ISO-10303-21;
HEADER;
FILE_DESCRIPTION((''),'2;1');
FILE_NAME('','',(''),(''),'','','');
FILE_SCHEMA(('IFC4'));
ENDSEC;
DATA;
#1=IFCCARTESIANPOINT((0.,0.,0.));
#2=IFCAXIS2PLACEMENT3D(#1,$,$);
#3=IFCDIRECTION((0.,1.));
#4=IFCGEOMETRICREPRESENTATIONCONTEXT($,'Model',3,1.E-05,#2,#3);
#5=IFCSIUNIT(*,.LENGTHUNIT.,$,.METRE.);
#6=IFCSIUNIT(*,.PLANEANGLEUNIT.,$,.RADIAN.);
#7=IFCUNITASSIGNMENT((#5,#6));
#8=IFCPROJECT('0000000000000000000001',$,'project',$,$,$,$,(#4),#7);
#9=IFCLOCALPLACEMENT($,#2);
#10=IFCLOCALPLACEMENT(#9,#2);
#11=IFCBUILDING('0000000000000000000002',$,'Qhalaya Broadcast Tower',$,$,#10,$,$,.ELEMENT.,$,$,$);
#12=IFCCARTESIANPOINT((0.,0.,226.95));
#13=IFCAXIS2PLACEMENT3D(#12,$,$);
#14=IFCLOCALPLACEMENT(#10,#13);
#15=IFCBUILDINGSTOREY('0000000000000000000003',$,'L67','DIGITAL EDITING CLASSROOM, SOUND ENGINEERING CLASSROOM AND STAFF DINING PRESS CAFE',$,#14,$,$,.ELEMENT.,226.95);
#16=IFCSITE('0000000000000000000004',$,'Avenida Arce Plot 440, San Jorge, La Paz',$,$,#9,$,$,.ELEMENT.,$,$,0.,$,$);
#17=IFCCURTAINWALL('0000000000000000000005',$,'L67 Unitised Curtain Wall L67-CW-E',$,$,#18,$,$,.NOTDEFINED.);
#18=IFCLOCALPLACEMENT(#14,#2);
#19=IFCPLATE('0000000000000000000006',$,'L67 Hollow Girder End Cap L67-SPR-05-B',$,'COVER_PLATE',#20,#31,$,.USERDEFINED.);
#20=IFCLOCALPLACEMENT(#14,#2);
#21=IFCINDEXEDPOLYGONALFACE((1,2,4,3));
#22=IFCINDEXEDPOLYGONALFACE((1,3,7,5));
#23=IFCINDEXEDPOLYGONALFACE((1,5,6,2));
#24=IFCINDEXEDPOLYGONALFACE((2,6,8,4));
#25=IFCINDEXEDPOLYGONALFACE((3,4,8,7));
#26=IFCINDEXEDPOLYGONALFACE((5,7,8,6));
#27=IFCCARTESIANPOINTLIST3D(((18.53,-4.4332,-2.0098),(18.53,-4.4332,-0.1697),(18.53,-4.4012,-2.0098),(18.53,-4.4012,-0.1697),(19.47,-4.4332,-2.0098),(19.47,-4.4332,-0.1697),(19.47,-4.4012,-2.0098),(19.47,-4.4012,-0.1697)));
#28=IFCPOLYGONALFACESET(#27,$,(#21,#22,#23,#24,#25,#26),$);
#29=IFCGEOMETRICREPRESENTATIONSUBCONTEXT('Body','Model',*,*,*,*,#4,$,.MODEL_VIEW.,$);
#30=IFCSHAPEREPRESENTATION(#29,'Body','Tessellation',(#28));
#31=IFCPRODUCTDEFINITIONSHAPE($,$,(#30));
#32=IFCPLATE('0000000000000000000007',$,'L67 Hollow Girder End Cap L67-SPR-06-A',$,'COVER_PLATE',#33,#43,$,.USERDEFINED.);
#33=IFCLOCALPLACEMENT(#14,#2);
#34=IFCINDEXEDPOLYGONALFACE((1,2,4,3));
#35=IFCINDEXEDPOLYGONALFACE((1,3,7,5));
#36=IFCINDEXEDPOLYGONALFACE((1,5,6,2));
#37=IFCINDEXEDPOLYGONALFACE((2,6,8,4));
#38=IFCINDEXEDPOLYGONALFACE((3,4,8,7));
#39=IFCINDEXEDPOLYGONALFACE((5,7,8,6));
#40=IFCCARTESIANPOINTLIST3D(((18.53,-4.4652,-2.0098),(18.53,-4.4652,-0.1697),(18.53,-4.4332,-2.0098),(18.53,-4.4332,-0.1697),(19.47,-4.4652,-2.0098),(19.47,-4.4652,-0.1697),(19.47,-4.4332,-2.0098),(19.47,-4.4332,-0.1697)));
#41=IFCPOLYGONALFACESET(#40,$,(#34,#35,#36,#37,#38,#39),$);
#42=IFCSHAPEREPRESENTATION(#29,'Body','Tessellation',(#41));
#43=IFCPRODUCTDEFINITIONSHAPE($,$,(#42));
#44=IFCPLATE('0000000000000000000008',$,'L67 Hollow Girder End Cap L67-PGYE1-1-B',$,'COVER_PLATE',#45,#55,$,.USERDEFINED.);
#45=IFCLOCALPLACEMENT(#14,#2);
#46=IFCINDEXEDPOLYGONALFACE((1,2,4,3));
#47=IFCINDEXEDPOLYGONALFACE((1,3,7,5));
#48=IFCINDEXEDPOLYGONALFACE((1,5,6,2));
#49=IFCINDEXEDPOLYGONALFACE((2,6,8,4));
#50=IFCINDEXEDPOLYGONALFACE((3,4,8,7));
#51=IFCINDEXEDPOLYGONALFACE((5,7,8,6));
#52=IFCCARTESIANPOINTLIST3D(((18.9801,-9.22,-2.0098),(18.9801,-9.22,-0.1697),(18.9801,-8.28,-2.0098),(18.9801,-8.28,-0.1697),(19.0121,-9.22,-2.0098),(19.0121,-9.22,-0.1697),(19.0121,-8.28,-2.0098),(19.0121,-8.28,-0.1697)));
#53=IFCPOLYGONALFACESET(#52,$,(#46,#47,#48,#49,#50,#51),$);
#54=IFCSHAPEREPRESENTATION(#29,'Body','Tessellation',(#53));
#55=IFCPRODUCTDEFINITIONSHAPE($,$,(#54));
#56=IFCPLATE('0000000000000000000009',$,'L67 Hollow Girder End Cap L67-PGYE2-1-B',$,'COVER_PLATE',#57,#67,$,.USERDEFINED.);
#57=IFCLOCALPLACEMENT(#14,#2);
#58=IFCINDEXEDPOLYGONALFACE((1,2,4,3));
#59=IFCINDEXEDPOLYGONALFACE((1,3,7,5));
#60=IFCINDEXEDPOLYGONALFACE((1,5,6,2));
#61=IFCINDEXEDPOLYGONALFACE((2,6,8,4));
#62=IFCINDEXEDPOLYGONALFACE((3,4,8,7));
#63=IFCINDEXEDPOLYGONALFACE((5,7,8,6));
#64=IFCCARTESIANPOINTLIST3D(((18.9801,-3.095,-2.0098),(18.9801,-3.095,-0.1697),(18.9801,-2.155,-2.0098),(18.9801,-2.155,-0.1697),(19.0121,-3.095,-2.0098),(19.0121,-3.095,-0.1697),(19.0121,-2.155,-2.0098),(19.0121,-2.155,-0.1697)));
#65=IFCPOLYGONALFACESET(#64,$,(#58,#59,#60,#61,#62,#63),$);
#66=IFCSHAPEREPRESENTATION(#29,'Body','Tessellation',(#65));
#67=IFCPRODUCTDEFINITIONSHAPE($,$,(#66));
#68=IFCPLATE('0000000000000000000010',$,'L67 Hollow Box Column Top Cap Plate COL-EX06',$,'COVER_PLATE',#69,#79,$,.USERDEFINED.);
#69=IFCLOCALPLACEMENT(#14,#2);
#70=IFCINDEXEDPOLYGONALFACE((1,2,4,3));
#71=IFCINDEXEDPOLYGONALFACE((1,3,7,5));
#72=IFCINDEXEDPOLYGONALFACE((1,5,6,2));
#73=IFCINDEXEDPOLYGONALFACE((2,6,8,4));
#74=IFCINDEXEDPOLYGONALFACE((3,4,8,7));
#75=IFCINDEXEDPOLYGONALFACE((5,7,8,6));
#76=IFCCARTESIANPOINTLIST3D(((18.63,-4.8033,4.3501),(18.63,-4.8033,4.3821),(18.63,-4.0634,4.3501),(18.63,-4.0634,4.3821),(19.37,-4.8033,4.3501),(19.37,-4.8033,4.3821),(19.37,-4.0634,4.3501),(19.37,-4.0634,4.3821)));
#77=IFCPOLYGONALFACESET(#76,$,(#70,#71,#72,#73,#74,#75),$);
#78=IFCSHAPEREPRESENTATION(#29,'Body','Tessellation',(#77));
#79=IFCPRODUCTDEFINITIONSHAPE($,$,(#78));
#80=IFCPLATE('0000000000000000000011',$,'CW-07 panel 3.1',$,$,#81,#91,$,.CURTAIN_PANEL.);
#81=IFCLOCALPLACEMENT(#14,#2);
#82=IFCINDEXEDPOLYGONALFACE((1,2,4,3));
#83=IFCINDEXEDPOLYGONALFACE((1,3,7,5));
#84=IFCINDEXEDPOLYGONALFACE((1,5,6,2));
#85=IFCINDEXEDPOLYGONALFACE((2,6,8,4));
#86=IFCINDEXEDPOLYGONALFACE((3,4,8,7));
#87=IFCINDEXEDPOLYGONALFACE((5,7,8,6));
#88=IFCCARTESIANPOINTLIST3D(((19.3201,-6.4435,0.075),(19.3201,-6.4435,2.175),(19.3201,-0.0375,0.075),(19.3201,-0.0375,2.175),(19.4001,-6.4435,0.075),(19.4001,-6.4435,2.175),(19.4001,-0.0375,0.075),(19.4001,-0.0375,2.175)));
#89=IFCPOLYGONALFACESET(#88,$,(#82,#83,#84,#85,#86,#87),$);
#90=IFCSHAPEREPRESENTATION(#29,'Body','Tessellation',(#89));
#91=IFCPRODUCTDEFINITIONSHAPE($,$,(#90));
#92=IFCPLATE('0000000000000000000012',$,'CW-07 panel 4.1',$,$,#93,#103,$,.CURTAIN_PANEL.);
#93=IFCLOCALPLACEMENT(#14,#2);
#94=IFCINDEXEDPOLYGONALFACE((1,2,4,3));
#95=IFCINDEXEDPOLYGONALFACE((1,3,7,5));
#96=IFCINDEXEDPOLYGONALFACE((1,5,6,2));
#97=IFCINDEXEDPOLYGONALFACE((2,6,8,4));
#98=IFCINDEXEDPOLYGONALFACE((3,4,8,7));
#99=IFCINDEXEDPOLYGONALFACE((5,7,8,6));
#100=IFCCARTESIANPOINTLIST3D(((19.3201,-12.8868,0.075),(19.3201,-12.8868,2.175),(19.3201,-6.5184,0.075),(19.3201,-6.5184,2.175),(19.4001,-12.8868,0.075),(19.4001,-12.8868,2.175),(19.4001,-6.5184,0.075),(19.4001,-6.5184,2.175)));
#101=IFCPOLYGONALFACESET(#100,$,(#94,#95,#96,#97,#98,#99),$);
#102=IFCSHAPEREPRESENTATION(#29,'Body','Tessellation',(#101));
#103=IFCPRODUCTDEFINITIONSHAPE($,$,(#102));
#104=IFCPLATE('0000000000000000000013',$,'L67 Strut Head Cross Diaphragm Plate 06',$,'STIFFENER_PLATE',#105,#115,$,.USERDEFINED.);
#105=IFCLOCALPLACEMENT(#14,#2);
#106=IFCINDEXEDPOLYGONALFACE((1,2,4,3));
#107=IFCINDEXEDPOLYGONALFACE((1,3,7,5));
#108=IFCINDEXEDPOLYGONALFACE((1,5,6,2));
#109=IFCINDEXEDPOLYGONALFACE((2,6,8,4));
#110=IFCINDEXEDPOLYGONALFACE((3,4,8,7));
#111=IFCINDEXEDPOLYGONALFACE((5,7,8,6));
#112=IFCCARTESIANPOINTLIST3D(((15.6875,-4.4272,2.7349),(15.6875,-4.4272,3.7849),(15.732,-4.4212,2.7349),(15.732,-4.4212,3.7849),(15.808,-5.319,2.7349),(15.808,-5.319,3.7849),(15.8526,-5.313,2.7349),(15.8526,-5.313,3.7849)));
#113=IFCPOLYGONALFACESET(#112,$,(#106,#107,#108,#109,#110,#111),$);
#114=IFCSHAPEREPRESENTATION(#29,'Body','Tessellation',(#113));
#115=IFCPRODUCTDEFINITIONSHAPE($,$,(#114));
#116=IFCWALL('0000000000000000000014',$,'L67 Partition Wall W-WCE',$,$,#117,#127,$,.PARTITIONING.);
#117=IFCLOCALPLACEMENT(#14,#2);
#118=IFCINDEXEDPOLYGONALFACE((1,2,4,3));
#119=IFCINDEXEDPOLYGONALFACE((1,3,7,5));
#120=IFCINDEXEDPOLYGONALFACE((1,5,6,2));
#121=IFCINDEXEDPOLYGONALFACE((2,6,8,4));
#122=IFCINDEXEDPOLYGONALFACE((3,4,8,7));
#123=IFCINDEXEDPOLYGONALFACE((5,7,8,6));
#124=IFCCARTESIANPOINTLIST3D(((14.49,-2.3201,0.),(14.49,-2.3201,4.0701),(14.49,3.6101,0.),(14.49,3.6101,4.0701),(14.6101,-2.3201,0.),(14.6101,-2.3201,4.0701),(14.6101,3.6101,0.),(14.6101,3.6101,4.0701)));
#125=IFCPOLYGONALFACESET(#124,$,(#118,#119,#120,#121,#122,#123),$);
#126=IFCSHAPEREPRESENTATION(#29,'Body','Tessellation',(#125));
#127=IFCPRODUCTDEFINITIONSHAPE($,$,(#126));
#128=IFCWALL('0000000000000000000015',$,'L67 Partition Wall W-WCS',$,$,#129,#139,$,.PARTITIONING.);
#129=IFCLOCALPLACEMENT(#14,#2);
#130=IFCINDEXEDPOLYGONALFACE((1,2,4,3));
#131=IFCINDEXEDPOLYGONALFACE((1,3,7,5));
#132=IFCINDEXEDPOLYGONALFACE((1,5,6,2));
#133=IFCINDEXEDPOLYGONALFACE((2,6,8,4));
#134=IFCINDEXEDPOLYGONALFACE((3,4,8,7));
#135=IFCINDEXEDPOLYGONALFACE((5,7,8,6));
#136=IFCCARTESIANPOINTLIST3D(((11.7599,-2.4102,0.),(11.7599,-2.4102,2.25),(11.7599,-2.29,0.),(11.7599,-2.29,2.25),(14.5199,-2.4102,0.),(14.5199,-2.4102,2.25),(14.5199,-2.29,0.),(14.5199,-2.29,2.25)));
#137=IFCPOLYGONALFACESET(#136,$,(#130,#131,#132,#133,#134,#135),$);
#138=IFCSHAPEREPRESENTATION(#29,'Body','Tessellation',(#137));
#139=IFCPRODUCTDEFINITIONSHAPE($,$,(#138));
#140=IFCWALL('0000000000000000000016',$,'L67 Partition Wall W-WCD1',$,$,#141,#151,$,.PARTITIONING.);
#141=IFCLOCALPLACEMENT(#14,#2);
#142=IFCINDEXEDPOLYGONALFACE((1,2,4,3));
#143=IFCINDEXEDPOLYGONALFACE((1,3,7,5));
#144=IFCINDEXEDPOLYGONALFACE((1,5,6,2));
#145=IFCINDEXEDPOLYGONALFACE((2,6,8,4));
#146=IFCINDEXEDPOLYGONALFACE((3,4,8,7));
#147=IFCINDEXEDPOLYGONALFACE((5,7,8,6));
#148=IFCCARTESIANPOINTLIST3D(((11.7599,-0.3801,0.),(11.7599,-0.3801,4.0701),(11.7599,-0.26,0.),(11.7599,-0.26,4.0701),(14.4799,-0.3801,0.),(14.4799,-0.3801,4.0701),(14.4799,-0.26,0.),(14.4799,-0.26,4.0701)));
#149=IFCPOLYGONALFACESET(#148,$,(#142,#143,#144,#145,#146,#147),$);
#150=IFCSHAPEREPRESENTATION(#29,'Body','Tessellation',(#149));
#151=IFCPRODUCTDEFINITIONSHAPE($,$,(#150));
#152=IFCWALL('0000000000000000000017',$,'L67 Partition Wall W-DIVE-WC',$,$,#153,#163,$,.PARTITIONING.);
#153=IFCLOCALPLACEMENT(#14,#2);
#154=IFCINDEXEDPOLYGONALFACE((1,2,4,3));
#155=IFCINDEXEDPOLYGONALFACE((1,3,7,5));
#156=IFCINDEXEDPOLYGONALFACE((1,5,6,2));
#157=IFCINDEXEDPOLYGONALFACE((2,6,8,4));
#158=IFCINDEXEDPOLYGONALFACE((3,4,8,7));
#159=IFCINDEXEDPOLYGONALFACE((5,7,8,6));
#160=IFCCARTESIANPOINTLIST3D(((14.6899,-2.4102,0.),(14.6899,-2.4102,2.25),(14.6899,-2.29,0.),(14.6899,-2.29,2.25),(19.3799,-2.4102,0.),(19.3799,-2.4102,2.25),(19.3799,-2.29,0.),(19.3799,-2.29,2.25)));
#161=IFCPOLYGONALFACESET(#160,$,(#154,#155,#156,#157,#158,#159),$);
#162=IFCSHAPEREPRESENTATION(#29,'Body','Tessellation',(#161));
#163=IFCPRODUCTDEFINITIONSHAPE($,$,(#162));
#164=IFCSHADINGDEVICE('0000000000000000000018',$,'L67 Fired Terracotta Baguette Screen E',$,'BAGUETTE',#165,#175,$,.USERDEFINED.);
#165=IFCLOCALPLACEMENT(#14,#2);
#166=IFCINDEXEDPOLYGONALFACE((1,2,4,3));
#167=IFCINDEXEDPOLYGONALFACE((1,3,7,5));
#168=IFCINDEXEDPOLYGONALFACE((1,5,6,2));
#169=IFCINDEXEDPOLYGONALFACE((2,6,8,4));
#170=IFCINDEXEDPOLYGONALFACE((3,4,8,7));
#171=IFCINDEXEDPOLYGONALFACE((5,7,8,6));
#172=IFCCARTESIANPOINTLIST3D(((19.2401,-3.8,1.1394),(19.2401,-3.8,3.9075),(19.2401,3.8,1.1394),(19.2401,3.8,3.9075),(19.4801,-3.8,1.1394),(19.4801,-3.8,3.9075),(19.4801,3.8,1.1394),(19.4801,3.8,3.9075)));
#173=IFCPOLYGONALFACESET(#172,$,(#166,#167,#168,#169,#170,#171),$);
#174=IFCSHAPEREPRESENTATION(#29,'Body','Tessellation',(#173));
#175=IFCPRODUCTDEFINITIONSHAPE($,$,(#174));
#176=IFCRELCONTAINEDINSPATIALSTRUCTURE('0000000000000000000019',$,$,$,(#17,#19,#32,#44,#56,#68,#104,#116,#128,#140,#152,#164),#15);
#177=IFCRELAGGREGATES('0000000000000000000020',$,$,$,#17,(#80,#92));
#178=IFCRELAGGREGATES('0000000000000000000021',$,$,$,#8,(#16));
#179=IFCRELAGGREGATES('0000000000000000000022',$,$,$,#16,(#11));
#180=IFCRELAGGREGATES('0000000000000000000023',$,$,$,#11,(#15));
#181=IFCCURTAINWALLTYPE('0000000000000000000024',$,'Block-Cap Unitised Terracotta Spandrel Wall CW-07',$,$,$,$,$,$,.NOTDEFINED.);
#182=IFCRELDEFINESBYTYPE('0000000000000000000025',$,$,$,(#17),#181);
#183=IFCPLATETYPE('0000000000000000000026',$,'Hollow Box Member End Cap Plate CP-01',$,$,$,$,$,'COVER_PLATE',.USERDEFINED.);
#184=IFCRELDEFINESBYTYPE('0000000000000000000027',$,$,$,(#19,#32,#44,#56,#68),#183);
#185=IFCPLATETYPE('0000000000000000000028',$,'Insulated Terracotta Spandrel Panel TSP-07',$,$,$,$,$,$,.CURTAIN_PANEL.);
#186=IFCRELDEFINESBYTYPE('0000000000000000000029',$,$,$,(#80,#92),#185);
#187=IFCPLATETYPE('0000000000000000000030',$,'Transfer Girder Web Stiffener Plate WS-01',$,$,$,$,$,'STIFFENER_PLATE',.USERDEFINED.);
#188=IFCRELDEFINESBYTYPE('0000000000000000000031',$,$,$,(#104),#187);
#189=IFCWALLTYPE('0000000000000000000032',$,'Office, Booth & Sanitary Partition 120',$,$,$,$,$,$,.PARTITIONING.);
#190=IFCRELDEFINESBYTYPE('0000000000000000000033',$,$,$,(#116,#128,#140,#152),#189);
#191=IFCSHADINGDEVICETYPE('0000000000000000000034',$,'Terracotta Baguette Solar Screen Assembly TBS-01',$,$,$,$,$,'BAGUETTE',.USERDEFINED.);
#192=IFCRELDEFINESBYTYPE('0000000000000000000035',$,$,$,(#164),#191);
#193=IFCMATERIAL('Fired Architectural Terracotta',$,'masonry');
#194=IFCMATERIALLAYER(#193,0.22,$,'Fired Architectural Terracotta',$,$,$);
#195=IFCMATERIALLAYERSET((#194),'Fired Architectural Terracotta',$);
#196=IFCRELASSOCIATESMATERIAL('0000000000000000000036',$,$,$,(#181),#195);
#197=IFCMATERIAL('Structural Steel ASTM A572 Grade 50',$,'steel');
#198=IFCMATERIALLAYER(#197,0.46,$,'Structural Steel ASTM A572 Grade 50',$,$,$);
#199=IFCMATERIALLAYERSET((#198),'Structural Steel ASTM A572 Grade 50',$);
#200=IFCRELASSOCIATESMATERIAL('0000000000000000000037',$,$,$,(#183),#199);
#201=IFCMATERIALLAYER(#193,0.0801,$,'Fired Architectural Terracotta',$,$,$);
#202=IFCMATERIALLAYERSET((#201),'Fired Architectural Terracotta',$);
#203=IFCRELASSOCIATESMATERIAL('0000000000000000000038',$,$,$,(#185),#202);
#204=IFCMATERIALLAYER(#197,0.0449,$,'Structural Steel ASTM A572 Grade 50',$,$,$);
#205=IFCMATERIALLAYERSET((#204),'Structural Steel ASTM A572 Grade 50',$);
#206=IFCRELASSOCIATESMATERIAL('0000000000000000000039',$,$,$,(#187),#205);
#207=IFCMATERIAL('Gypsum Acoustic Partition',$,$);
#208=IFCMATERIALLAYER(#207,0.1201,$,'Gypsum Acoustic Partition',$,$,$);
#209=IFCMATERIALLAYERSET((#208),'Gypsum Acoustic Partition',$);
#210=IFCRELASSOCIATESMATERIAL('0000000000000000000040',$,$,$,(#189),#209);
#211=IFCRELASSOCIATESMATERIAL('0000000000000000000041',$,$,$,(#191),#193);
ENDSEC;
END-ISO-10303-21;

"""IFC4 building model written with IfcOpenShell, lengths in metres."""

from ifc_helpers import new_model, si_unit, direction, frame, frame_2d, origin, origin_2d, place, context, subcontext, project, spatial, rectangle, extrude, material, layer, layer_set, type_object, element, aggregate, save


model = new_model("IFC4")

# Units and contexts
model_context = context("Model", 3, precision=1e-05, world=origin(), true_north=direction((0.0, 1.0)))
body_context = subcontext(model_context, "Body", "Model", "MODEL_VIEW")
ifc_project = project(units=[si_unit("LENGTHUNIT", "METRE"), si_unit("PLANEANGLEUNIT", "RADIAN")], contexts=[model_context])

# Site, building, storey
site_placement = place(None, origin())
site = spatial("IfcSite", under=ifc_project, at=site_placement, Name="Avenida Arce Plot 440, San Jorge, La Paz", CompositionType="ELEMENT", RefElevation=0.0)
building_placement = place(site_placement, origin())
building = spatial("IfcBuilding", under=site, at=building_placement, Name="Qhalaya Broadcast Tower", CompositionType="ELEMENT")
storey_placement = place(building_placement, frame((0.0, 0.0, 226.95)))
storey = spatial("IfcBuildingStorey", under=building, at=storey_placement, Name="L67", Description="DIGITAL EDITING CLASSROOM, SOUND ENGINEERING CLASSROOM AND STAFF DINING PRESS CAFE", CompositionType="ELEMENT", Elevation=226.95)

# Shared definitions
ifc_material_1 = material(Name="Structural Steel ASTM A572 Grade 50", Category="steel")

# Curtain wall
ifc_material_2 = material(Name="Fired Architectural Terracotta", Category="masonry")
ifc_layer_1 = layer(ifc_material_2, 0.22, Name="Fired Architectural Terracotta")
ifc_layer_set_1 = layer_set([ifc_layer_1], Name="Fired Architectural Terracotta")
curtain_wall_type = type_object("IfcCurtainWallType", Name="Block-Cap Unitised Terracotta Spandrel Wall CW-07", PredefinedType="NOTDEFINED", material=ifc_layer_set_1)
curtain_wall_placement = place(storey_placement, origin())
curtain_wall = element("IfcCurtainWall", 1, at=curtain_wall_placement, inside=storey, type_object=curtain_wall_type, Name="L67 Unitised Curtain Wall L67-CW-E", PredefinedType="NOTDEFINED")

# Plates
ifc_layer_2 = layer(ifc_material_1, 0.46, Name="Structural Steel ASTM A572 Grade 50")
ifc_layer_set_2 = layer_set([ifc_layer_2], Name="Structural Steel ASTM A572 Grade 50")
plate_type_1 = type_object("IfcPlateType", Name="Hollow Box Member End Cap Plate CP-01", ElementType="COVER_PLATE", PredefinedType="USERDEFINED", material=ifc_layer_set_2)
for number, where, z_axis, x_axis, name in (
    (2, (19.0, -4.4172, -2.0098), (0.0, 0.0, 1.0), (-1.0, 0.0, 0.0), "L67 Hollow Girder End Cap L67-SPR-05-B"),
    (3, (19.0, -4.4492, -2.0098), (0.0, 0.0, 1.0), (-1.0, 0.0, 0.0), "L67 Hollow Girder End Cap L67-SPR-06-A"),
    (4, (18.9961, -8.75, -2.0098), (0.0, 0.0, 1.0), (0.0, 1.0, 0.0), "L67 Hollow Girder End Cap L67-PGYE1-1-B"),
    (5, (18.9961, -2.625, -2.0098), (0.0, 0.0, 1.0), (0.0, 1.0, 0.0), "L67 Hollow Girder End Cap L67-PGYE2-1-B"),
):
    element("IfcPlate", number, at=place(storey_placement, frame(where, z_axis=z_axis, x_axis=x_axis)), inside=storey, type_object=plate_type_1, Name=name, ObjectType="COVER_PLATE", PredefinedType="USERDEFINED", context=body_context, shape_type="SweptSolid", body=[
        extrude(rectangle(XDim=0.9399, YDim=0.032, at=origin_2d()), origin(), (0.0, 0.0, 1.0), 1.8401),
    ])
plate_1_placement = place(storey_placement, frame((19.0, -4.4333, 4.3501), z_axis=(0.0, 0.0, 1.0), x_axis=(0.0, 1.0, 0.0)))
element("IfcPlate", 6, at=plate_1_placement, inside=storey, type_object=plate_type_1, Name="L67 Hollow Box Column Top Cap Plate COL-EX06", ObjectType="COVER_PLATE", PredefinedType="USERDEFINED", context=body_context, shape_type="SweptSolid", body=[
    extrude(rectangle(XDim=0.74, YDim=0.74, at=origin_2d()), origin(), (0.0, 0.0, 1.0), 0.032),
])

# Plates
ifc_layer_3 = layer(ifc_material_2, 0.0801, Name="Fired Architectural Terracotta")
ifc_layer_set_3 = layer_set([ifc_layer_3], Name="Fired Architectural Terracotta")
plate_type_2 = type_object("IfcPlateType", Name="Insulated Terracotta Spandrel Panel TSP-07", PredefinedType="CURTAIN_PANEL", material=ifc_layer_set_3)
plate_2_placement = place(storey_placement, frame((19.3601, -3.2405, 0.075), z_axis=(0.0, 0.0, 1.0), x_axis=(0.0, -1.0, 0.0)))
plate_2 = element("IfcPlate", 7, at=plate_2_placement, type_object=plate_type_2, Name="CW-07 panel 3.1", PredefinedType="CURTAIN_PANEL", context=body_context, shape_type="SweptSolid", body=[
    extrude(rectangle(XDim=6.406, YDim=0.0801, at=origin_2d()), origin(), (0.0, 0.0, 1.0), 2.1001),
])
plate_3_placement = place(storey_placement, frame((19.3601, -9.7026, 0.075), z_axis=(0.0, 0.0, 1.0), x_axis=(0.0, -1.0, 0.0)))
plate_3 = element("IfcPlate", 8, at=plate_3_placement, type_object=plate_type_2, Name="CW-07 panel 4.1", PredefinedType="CURTAIN_PANEL", context=body_context, shape_type="SweptSolid", body=[
    extrude(rectangle(XDim=6.3684, YDim=0.0801, at=origin_2d()), origin(), (0.0, 0.0, 1.0), 2.1001),
])
aggregate(curtain_wall, [plate_2, plate_3])
ifc_layer_4 = layer(ifc_material_1, 0.0449, Name="Structural Steel ASTM A572 Grade 50")
ifc_layer_set_4 = layer_set([ifc_layer_4], Name="Structural Steel ASTM A572 Grade 50")
plate_type_3 = type_object("IfcPlateType", Name="Transfer Girder Web Stiffener Plate WS-01", ElementType="STIFFENER_PLATE", PredefinedType="USERDEFINED", material=ifc_layer_set_4)
plate_4_placement = place(storey_placement, frame((15.77, -4.8701, 2.7349), z_axis=(0.0, 0.0, 1.0), x_axis=(0.133986, -0.990983, 0.0)))
element("IfcPlate", 9, at=plate_4_placement, inside=storey, type_object=plate_type_3, Name="L67 Strut Head Cross Diaphragm Plate 06", ObjectType="STIFFENER_PLATE", PredefinedType="USERDEFINED", context=body_context, shape_type="SweptSolid", body=[
    extrude(rectangle(XDim=0.8999, YDim=0.0449, at=origin_2d()), origin(), (0.0, 0.0, 1.0), 1.05),
])

# Walls
ifc_material_3 = material(Name="Gypsum Acoustic Partition")
ifc_layer_5 = layer(ifc_material_3, 0.1201, Name="Gypsum Acoustic Partition")
ifc_layer_set_5 = layer_set([ifc_layer_5], Name="Gypsum Acoustic Partition")
wall_type = type_object("IfcWallType", Name="Office, Booth & Sanitary Partition 120", PredefinedType="PARTITIONING", material=ifc_layer_set_5)
wall_1_placement = place(storey_placement, frame((14.55, -2.3201, 0.0), z_axis=(0.0, 0.0, 1.0), x_axis=(0.0, 1.0, 0.0)))
element("IfcWall", 10, at=wall_1_placement, inside=storey, type_object=wall_type, Name="L67 Partition Wall W-WCE", PredefinedType="PARTITIONING", context=body_context, shape_type="SweptSolid", body=[
    extrude(rectangle(XDim=5.9302, YDim=0.1201, at=frame_2d((2.9651, 0.0))), origin(), (0.0, 0.0, 1.0), 4.0701),
])
wall_2_placement = place(storey_placement, frame((11.76, -2.3501, 0.0), z_axis=(0.0, 0.0, 1.0), x_axis=(1.0, 0.0, 0.0)))
element("IfcWall", 11, at=wall_2_placement, inside=storey, type_object=wall_type, Name="L67 Partition Wall W-WCS", PredefinedType="PARTITIONING", context=body_context, shape_type="SweptSolid", body=[
    extrude(rectangle(XDim=2.76, YDim=0.1201, at=frame_2d((1.3799, 0.0))), origin(), (0.0, 0.0, 1.0), 2.25),
])
wall_3_placement = place(storey_placement, frame((11.76, -0.3201, 0.0), z_axis=(0.0, 0.0, 1.0), x_axis=(1.0, 0.0, 0.0)))
element("IfcWall", 12, at=wall_3_placement, inside=storey, type_object=wall_type, Name="L67 Partition Wall W-WCD1", PredefinedType="PARTITIONING", context=body_context, shape_type="SweptSolid", body=[
    extrude(rectangle(XDim=2.72, YDim=0.1201, at=frame_2d((1.3599, 0.0))), origin(), (0.0, 0.0, 1.0), 4.0701),
])
wall_4_placement = place(storey_placement, frame((14.6899, -2.3501, 0.0), z_axis=(0.0, 0.0, 1.0), x_axis=(1.0, 0.0, 0.0)))
element("IfcWall", 13, at=wall_4_placement, inside=storey, type_object=wall_type, Name="L67 Partition Wall W-DIVE-WC", PredefinedType="PARTITIONING", context=body_context, shape_type="SweptSolid", body=[
    extrude(rectangle(XDim=4.6899, YDim=0.1201, at=frame_2d((2.345, 0.0))), origin(), (0.0, 0.0, 1.0), 2.25),
])

# Shading device
shading_device_type = type_object("IfcShadingDeviceType", Name="Terracotta Baguette Solar Screen Assembly TBS-01", ElementType="BAGUETTE", PredefinedType="USERDEFINED", material=ifc_material_2)
shading_device_placement = place(storey_placement, frame((19.3601, 0.0, 1.1394), z_axis=(0.0, 0.0, 1.0), x_axis=(0.0, 1.0, 0.0)))
element("IfcShadingDevice", 14, at=shading_device_placement, inside=storey, type_object=shading_device_type, Name="L67 Fired Terracotta Baguette Screen E", ObjectType="BAGUETTE", PredefinedType="USERDEFINED", context=body_context, shape_type="SweptSolid", body=[
    extrude(rectangle(XDim=7.6001, YDim=0.24, at=origin_2d()), origin(), (0.0, 0.0, 1.0), 2.7681),
])

save(model, "model.ifc")
